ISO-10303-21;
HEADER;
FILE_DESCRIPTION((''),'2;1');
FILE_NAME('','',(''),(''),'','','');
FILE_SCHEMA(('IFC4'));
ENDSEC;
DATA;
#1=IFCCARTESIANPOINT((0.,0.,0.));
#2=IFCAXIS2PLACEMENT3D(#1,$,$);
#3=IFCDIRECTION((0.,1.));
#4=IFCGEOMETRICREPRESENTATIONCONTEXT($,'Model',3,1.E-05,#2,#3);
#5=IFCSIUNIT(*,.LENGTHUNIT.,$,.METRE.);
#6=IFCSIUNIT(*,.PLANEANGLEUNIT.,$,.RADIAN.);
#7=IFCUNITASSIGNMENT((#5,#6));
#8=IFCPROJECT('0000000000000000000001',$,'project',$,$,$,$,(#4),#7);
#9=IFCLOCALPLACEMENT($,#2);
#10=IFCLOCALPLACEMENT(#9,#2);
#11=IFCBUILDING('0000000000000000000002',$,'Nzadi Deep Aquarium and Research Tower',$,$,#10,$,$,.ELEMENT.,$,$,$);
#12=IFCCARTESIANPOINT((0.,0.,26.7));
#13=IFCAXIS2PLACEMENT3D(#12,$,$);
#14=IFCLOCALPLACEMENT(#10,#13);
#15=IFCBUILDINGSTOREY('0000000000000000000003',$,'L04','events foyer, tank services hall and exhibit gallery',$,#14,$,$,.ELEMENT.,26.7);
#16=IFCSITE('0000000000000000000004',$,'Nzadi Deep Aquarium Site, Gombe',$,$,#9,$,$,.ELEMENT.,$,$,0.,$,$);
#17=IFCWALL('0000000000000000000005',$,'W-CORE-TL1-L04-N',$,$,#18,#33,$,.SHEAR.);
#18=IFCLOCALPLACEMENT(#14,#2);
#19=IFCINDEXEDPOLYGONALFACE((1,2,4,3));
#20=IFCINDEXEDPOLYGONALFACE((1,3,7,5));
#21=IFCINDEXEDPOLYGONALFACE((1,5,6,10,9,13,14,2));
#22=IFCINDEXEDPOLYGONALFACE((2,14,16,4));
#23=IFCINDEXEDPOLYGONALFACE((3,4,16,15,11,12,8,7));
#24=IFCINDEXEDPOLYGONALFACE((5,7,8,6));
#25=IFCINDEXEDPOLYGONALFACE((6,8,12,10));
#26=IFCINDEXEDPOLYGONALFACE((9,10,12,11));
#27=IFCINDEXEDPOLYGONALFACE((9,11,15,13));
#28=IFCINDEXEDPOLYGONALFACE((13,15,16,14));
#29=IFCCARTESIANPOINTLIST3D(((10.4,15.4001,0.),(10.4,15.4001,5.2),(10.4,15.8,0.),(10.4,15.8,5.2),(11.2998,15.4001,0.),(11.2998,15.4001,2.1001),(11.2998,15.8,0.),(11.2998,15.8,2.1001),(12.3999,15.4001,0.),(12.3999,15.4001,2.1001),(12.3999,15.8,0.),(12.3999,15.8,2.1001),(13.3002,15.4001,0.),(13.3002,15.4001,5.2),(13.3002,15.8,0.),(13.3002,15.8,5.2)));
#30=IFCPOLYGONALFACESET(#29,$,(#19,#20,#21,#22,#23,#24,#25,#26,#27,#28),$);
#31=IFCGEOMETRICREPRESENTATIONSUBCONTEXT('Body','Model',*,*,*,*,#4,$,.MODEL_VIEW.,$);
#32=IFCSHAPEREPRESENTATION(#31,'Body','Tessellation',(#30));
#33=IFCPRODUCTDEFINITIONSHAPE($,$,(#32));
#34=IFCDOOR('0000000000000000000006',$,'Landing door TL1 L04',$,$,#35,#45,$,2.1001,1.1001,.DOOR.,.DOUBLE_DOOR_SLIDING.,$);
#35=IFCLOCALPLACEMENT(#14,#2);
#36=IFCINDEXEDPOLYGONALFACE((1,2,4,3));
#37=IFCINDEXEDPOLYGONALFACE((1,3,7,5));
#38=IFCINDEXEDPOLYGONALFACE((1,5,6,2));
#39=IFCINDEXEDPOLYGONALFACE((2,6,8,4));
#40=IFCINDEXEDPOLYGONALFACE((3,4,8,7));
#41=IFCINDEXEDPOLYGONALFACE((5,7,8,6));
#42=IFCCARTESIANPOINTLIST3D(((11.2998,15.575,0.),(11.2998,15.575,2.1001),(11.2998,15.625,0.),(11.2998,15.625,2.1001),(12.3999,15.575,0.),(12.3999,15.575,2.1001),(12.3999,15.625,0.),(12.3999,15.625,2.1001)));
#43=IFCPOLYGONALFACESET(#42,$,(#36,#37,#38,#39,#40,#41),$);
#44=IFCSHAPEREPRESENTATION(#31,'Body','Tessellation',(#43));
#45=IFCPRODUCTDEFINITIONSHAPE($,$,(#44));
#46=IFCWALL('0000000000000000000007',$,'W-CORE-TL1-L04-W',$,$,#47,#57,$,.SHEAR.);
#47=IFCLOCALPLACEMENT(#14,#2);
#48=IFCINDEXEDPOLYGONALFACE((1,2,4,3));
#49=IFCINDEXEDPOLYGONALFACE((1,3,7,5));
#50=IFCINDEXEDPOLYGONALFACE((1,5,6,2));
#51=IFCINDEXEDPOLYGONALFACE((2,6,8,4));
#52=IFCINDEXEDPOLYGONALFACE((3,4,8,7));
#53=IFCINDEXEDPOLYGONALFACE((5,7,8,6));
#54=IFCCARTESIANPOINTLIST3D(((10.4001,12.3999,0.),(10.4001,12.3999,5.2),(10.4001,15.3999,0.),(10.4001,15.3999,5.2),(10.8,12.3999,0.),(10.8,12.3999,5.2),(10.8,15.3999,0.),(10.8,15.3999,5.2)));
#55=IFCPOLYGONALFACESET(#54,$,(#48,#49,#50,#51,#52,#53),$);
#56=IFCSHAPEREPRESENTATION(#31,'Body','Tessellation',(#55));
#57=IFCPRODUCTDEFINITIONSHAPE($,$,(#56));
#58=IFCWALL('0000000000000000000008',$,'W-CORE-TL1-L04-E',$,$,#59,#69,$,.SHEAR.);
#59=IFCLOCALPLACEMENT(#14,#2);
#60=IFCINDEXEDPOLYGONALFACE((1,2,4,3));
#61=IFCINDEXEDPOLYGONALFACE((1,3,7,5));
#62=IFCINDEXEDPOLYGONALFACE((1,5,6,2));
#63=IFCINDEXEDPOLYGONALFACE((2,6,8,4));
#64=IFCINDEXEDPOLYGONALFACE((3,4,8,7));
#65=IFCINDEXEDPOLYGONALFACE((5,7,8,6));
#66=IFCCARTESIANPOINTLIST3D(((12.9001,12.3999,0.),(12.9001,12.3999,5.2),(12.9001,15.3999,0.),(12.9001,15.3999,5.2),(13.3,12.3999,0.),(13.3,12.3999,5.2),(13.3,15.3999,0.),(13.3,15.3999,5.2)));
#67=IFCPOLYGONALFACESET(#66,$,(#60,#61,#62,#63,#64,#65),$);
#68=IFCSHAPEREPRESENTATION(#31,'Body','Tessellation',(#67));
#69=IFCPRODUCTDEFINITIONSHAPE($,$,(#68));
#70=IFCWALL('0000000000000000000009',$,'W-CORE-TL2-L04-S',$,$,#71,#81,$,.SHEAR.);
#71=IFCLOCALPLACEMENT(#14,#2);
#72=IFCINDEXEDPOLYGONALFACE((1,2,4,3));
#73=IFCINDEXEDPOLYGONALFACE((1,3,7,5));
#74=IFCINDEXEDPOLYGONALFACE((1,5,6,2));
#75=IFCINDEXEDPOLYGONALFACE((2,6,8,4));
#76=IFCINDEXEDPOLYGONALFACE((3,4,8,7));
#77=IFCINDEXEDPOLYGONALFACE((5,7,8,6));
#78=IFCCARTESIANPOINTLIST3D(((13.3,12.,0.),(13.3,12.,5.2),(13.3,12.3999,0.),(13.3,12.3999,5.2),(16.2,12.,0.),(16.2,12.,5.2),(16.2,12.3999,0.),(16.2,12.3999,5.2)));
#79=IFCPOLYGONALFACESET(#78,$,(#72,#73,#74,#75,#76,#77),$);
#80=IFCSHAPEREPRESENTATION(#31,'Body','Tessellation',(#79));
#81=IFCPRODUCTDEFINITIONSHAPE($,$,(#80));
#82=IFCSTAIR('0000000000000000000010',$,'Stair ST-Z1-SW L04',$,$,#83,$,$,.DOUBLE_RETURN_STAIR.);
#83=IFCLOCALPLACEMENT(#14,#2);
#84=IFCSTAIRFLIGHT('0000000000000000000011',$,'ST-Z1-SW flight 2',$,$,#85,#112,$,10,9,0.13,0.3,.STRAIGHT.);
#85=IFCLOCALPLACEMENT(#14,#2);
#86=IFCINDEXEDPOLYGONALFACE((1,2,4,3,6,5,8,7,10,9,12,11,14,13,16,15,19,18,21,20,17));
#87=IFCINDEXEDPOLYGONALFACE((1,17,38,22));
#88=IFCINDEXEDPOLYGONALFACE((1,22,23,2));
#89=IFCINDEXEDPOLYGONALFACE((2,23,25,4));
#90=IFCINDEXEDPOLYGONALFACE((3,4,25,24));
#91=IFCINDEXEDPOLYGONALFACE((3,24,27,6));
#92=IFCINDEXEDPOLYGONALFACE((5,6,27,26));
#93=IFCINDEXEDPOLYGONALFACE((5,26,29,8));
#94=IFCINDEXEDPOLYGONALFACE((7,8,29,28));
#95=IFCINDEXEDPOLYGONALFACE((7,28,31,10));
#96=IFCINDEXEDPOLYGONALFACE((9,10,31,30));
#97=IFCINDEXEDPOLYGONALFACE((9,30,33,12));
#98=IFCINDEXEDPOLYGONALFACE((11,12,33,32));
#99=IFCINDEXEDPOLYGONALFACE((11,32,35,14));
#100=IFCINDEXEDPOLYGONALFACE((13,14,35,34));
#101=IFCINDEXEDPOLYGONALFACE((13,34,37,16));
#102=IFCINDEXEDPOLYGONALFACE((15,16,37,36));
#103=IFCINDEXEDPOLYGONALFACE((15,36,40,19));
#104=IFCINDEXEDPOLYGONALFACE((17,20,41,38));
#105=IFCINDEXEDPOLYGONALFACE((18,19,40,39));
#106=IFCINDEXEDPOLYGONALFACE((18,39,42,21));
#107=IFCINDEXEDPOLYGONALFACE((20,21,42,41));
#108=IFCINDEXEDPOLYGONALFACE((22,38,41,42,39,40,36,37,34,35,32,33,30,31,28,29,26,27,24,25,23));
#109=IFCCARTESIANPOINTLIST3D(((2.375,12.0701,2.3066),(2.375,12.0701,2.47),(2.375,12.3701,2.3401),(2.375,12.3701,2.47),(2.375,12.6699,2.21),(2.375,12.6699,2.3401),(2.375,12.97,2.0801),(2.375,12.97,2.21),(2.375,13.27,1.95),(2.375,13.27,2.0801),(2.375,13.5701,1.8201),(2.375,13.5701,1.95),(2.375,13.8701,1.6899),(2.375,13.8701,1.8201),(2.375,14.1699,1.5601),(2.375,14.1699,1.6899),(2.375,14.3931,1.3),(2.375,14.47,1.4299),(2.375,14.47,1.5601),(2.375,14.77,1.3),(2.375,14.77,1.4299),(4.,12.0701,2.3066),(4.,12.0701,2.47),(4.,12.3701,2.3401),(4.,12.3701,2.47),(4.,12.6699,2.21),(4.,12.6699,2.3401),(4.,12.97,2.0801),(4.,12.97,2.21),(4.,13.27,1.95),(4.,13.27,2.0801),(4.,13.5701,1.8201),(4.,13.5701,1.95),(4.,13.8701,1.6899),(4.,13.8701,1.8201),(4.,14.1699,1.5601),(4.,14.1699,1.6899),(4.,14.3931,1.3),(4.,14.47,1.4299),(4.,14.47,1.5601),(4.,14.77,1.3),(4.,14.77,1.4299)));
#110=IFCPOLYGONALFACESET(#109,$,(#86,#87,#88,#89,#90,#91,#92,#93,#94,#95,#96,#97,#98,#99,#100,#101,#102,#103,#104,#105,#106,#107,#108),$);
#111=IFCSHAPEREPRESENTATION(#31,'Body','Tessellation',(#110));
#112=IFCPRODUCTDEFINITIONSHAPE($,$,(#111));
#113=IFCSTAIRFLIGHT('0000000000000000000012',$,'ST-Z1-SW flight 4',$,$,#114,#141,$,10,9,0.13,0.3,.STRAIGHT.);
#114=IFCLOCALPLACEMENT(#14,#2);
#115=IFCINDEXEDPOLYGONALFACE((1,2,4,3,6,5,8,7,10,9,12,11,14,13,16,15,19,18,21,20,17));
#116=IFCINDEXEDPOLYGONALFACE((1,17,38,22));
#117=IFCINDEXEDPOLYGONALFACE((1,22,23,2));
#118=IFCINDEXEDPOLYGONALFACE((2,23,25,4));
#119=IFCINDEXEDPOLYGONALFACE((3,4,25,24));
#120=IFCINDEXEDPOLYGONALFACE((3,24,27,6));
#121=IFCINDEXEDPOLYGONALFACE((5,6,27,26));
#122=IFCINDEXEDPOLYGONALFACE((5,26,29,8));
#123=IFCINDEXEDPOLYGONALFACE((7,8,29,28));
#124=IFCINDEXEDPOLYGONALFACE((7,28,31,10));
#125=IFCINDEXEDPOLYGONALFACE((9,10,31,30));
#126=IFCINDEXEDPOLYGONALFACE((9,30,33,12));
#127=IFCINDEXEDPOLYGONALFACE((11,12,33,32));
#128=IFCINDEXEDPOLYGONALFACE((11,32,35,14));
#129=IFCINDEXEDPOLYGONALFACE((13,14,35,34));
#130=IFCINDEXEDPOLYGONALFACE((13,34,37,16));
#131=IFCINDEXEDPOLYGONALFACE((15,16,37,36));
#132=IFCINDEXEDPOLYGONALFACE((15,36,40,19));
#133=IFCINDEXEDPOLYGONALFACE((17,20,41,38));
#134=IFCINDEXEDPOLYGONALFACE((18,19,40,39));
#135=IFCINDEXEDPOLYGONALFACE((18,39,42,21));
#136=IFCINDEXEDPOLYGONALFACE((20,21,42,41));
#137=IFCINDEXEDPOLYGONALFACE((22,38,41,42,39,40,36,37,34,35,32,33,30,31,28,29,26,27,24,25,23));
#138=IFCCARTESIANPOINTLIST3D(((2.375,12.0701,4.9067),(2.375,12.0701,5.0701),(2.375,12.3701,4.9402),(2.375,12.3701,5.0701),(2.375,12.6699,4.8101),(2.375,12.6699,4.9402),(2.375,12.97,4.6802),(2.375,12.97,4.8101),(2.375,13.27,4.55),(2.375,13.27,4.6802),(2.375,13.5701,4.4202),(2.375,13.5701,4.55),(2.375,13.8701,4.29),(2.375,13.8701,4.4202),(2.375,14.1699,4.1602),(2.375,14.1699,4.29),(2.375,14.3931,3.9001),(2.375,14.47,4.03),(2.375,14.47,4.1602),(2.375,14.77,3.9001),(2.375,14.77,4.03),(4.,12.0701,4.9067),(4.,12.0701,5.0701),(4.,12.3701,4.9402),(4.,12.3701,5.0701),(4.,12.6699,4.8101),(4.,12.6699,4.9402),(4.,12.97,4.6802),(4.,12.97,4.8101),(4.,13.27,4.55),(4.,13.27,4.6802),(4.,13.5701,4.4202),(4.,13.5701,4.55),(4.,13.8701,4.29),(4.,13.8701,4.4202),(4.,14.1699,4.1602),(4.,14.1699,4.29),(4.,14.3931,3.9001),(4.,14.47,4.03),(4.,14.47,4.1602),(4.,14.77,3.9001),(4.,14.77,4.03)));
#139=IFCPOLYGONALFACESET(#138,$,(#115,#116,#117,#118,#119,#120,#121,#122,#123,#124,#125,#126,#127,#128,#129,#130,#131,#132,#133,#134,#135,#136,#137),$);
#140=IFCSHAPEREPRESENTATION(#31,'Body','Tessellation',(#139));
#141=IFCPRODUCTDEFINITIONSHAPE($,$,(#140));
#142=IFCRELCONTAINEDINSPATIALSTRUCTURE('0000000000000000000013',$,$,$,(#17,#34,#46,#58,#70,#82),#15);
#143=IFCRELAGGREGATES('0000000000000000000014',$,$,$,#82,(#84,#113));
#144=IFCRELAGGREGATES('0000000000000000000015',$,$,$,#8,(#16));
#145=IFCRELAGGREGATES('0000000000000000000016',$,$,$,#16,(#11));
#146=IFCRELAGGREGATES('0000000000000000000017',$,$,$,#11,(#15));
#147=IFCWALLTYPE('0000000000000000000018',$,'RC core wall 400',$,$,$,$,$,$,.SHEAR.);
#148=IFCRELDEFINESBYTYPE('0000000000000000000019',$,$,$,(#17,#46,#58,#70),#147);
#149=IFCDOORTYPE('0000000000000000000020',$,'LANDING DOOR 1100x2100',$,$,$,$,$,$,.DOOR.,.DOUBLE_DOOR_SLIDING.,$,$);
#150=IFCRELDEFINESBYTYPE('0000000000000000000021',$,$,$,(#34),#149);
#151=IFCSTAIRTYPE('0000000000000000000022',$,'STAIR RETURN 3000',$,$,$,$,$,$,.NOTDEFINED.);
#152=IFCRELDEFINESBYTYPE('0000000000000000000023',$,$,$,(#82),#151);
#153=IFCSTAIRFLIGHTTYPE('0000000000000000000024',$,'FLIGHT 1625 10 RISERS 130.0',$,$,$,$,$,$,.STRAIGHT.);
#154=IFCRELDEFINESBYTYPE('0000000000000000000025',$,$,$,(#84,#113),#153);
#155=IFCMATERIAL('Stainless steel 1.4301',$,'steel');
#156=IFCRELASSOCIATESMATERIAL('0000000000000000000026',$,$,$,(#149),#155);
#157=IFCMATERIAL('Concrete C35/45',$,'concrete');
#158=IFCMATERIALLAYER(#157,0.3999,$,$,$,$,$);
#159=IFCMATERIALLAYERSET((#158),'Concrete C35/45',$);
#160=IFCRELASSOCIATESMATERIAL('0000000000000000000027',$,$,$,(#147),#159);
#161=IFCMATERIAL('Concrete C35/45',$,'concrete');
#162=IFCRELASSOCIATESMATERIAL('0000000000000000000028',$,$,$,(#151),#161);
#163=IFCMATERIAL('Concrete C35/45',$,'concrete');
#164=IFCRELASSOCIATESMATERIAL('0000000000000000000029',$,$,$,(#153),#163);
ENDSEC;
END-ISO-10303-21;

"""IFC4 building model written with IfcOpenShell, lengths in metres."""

from ifc_helpers import new_model, si_unit, direction, frame, frame_2d, origin, place, context, subcontext, project, spatial, polyline, rectangle, outline, extrude, material, layer, layer_set, type_object, element, fill, aggregate, save


model = new_model("IFC4")

# Units and contexts
model_context = context("Model", 3, precision=1e-05, world=origin(), true_north=direction((0.0, 1.0)))
body_context = subcontext(model_context, "Body", "Model", "MODEL_VIEW")
ifc_project = project(units=[si_unit("LENGTHUNIT", "METRE"), si_unit("PLANEANGLEUNIT", "RADIAN")], contexts=[model_context])

# Site, building, storey
site_placement = place(None, origin())
site = spatial("IfcSite", under=ifc_project, at=site_placement, Name="Nzadi Deep Aquarium Site, Gombe", CompositionType="ELEMENT", RefElevation=0.0)
building_placement = place(site_placement, origin())
building = spatial("IfcBuilding", under=site, at=building_placement, Name="Nzadi Deep Aquarium and Research Tower", CompositionType="ELEMENT")
storey_placement = place(building_placement, frame((0.0, 0.0, 26.7)))
storey = spatial("IfcBuildingStorey", under=building, at=storey_placement, Name="L04", Description="events foyer, tank services hall and exhibit gallery", CompositionType="ELEMENT", Elevation=26.7)

# Shared definitions
ifc_material_1 = material(Name="Stainless steel 1.4301", Category="steel")
door_type = type_object("IfcDoorType", Name="LANDING DOOR 1100x2100", OperationType="DOUBLE_DOOR_SLIDING", PredefinedType="DOOR", material=ifc_material_1)

# Shared definitions
ifc_material_2 = material(Name="Concrete C35/45", Category="concrete")
ifc_layer_1 = layer(ifc_material_2, 0.3999)
ifc_layer_set_1 = layer_set([ifc_layer_1], Name="Concrete C35/45")
wall_type_1 = type_object("IfcWallType", Name="RC core wall 400", PredefinedType="SHEAR", material=ifc_layer_set_1)

# Wall, opening, door
wall_1_placement = place(storey_placement, frame((10.3999, 15.6001, 0.0), z_axis=(0.0, 0.0, 1.0), x_axis=(1.0, 0.0, 0.0)))
wall_1 = element("IfcWall", 1, at=wall_1_placement, inside=storey, type_object=wall_type_1, Name="W-CORE-TL1-L04-N", PredefinedType="SHEAR", context=body_context, shape_type="SweptSolid", body=[
    extrude(rectangle(XDim=2.9001, YDim=0.3999, at=frame_2d((1.4502, 0.0))), origin(), (0.0, 0.0, 1.0), 5.2),
])
opening_1_placement = place(wall_1_placement, frame((0.8999, 0.0, 0.0)))
opening_1 = element("IfcOpeningElement", 2, at=opening_1_placement, cuts=wall_1, PredefinedType="OPENING", context=body_context, shape_type="SweptSolid", body=[
    extrude(rectangle(XDim=1.1001, YDim=2.1001, at=frame_2d((0.55, 1.05))), frame((0.0, 0.21, 0.0), z_axis=(0.0, -1.0, 0.0), x_axis=(1.0, 0.0, 0.0)), (0.0, 0.0, 1.0), 0.4199),
])
door_1_placement = place(opening_1_placement, origin())
door_1 = element("IfcDoor", 3, at=door_1_placement, inside=storey, type_object=door_type, Name="Landing door TL1 L04", OperationType="DOUBLE_DOOR_SLIDING", OverallHeight=2.1001, OverallWidth=1.1001, PredefinedType="DOOR", context=body_context, shape_type="SweptSolid", body=[
    extrude(rectangle(XDim=1.1001, YDim=2.1001, at=frame_2d((0.55, 1.05))), frame((0.0, 0.0249, 0.0), z_axis=(0.0, -1.0, 0.0), x_axis=(1.0, 0.0, 0.0)), (0.0, 0.0, 1.0), 0.05),
])
fill(opening_1, door_1)

# Walls
for number, where, z_axis, x_axis, name in (
    (4, (10.6001, 12.3999, 0.0), (0.0, 0.0, 1.0), (0.0, 1.0, 0.0), "W-CORE-TL1-L04-W"),
    (5, (13.1001, 12.3999, 0.0), (0.0, 0.0, 1.0), (0.0, 1.0, 0.0), "W-CORE-TL1-L04-E"),
):
    element("IfcWall", number, at=place(storey_placement, frame(where, z_axis=z_axis, x_axis=x_axis)), inside=storey, type_object=wall_type_1, Name=name, PredefinedType="SHEAR", context=body_context, shape_type="SweptSolid", body=[
        extrude(rectangle(XDim=3.0, YDim=0.3999, at=frame_2d((1.5, 0.0))), origin(), (0.0, 0.0, 1.0), 5.2),
    ])
wall_2_placement = place(storey_placement, frame((13.3, 12.2, 0.0), z_axis=(0.0, 0.0, 1.0), x_axis=(1.0, 0.0, 0.0)))
element("IfcWall", 6, at=wall_2_placement, inside=storey, type_object=wall_type_1, Name="W-CORE-TL2-L04-S", PredefinedType="SHEAR", context=body_context, shape_type="SweptSolid", body=[
    extrude(rectangle(XDim=2.8999, YDim=0.3999, at=frame_2d((1.45, 0.0))), origin(), (0.0, 0.0, 1.0), 5.2),
])

# Stair, stair flights
ifc_material_3 = material(Name="Concrete C35/45", Category="concrete")
stair_type = type_object("IfcStairType", Name="STAIR RETURN 3000", PredefinedType="NOTDEFINED", material=ifc_material_3)
stair_placement = place(storey_placement, origin())
stair = element("IfcStair", 7, at=stair_placement, inside=storey, type_object=stair_type, Name="Stair ST-Z1-SW L04", PredefinedType="DOUBLE_RETURN_STAIR")
ifc_material_4 = material(Name="Concrete C35/45", Category="concrete")
stair_flight_type = type_object("IfcStairFlightType", Name="FLIGHT 1625 10 RISERS 130.0", PredefinedType="STRAIGHT", material=ifc_material_4)
stair_flight_1_placement = place(storey_placement, frame((3.1875, 14.77, 1.3), z_axis=(0.0, 0.0, 1.0), x_axis=(0.0, -1.0, 0.0)))
stair_flight_1 = element("IfcStairFlight", 8, at=stair_flight_1_placement, type_object=stair_flight_type, Name="ST-Z1-SW flight 2", NumberOfRisers=10, NumberOfTreads=9, PredefinedType="STRAIGHT", RiserHeight=0.13, TreadLength=0.3, context=body_context, shape_type="SweptSolid", body=[
    extrude(outline(polyline([(0.0, 0.0), (0.0, 0.1299), (0.3, 0.1299), (0.3, 0.26), (0.6001, 0.26), (0.6001, 0.3899), (0.8999, 0.3899), (0.8999, 0.52), (1.2, 0.52), (1.2, 0.6499), (1.5, 0.6499), (1.5, 0.78), (1.8, 0.78), (1.8, 0.9099), (2.1001, 0.9099), (2.1001, 1.04), (2.3999, 1.04), (2.3999, 1.1699), (2.7, 1.1699), (2.7, 1.3), (2.7, 1.0066), (0.377, 0.0), (0.0, 0.0)])), frame((0.0, 0.8125, 0.0), z_axis=(0.0, -1.0, 0.0), x_axis=(1.0, 0.0, 0.0)), (0.0, 0.0, 1.0), 1.625),
])
stair_flight_2_placement = place(storey_placement, frame((3.1875, 14.77, 3.9001), z_axis=(0.0, 0.0, 1.0), x_axis=(0.0, -1.0, 0.0)))
stair_flight_2 = element("IfcStairFlight", 9, at=stair_flight_2_placement, type_object=stair_flight_type, Name="ST-Z1-SW flight 4", NumberOfRisers=10, NumberOfTreads=9, PredefinedType="STRAIGHT", RiserHeight=0.13, TreadLength=0.3, context=body_context, shape_type="SweptSolid", body=[
    extrude(outline(polyline([(0.0, 0.0), (0.0, 0.1299), (0.3, 0.1299), (0.3, 0.26), (0.6001, 0.26), (0.6001, 0.3899), (0.8999, 0.3899), (0.8999, 0.52), (1.2, 0.52), (1.2, 0.6499), (1.5, 0.6499), (1.5, 0.78), (1.8, 0.78), (1.8, 0.9099), (2.1001, 0.9099), (2.1001, 1.04), (2.3999, 1.04), (2.3999, 1.1699), (2.7, 1.1699), (2.7, 1.3), (2.7, 1.0066), (0.377, 0.0), (0.0, 0.0)])), frame((0.0, 0.8125, 0.0), z_axis=(0.0, -1.0, 0.0), x_axis=(1.0, 0.0, 0.0)), (0.0, 0.0, 1.0), 1.625),
])
aggregate(stair, [stair_flight_1, stair_flight_2])

save(model, "model.ifc")
